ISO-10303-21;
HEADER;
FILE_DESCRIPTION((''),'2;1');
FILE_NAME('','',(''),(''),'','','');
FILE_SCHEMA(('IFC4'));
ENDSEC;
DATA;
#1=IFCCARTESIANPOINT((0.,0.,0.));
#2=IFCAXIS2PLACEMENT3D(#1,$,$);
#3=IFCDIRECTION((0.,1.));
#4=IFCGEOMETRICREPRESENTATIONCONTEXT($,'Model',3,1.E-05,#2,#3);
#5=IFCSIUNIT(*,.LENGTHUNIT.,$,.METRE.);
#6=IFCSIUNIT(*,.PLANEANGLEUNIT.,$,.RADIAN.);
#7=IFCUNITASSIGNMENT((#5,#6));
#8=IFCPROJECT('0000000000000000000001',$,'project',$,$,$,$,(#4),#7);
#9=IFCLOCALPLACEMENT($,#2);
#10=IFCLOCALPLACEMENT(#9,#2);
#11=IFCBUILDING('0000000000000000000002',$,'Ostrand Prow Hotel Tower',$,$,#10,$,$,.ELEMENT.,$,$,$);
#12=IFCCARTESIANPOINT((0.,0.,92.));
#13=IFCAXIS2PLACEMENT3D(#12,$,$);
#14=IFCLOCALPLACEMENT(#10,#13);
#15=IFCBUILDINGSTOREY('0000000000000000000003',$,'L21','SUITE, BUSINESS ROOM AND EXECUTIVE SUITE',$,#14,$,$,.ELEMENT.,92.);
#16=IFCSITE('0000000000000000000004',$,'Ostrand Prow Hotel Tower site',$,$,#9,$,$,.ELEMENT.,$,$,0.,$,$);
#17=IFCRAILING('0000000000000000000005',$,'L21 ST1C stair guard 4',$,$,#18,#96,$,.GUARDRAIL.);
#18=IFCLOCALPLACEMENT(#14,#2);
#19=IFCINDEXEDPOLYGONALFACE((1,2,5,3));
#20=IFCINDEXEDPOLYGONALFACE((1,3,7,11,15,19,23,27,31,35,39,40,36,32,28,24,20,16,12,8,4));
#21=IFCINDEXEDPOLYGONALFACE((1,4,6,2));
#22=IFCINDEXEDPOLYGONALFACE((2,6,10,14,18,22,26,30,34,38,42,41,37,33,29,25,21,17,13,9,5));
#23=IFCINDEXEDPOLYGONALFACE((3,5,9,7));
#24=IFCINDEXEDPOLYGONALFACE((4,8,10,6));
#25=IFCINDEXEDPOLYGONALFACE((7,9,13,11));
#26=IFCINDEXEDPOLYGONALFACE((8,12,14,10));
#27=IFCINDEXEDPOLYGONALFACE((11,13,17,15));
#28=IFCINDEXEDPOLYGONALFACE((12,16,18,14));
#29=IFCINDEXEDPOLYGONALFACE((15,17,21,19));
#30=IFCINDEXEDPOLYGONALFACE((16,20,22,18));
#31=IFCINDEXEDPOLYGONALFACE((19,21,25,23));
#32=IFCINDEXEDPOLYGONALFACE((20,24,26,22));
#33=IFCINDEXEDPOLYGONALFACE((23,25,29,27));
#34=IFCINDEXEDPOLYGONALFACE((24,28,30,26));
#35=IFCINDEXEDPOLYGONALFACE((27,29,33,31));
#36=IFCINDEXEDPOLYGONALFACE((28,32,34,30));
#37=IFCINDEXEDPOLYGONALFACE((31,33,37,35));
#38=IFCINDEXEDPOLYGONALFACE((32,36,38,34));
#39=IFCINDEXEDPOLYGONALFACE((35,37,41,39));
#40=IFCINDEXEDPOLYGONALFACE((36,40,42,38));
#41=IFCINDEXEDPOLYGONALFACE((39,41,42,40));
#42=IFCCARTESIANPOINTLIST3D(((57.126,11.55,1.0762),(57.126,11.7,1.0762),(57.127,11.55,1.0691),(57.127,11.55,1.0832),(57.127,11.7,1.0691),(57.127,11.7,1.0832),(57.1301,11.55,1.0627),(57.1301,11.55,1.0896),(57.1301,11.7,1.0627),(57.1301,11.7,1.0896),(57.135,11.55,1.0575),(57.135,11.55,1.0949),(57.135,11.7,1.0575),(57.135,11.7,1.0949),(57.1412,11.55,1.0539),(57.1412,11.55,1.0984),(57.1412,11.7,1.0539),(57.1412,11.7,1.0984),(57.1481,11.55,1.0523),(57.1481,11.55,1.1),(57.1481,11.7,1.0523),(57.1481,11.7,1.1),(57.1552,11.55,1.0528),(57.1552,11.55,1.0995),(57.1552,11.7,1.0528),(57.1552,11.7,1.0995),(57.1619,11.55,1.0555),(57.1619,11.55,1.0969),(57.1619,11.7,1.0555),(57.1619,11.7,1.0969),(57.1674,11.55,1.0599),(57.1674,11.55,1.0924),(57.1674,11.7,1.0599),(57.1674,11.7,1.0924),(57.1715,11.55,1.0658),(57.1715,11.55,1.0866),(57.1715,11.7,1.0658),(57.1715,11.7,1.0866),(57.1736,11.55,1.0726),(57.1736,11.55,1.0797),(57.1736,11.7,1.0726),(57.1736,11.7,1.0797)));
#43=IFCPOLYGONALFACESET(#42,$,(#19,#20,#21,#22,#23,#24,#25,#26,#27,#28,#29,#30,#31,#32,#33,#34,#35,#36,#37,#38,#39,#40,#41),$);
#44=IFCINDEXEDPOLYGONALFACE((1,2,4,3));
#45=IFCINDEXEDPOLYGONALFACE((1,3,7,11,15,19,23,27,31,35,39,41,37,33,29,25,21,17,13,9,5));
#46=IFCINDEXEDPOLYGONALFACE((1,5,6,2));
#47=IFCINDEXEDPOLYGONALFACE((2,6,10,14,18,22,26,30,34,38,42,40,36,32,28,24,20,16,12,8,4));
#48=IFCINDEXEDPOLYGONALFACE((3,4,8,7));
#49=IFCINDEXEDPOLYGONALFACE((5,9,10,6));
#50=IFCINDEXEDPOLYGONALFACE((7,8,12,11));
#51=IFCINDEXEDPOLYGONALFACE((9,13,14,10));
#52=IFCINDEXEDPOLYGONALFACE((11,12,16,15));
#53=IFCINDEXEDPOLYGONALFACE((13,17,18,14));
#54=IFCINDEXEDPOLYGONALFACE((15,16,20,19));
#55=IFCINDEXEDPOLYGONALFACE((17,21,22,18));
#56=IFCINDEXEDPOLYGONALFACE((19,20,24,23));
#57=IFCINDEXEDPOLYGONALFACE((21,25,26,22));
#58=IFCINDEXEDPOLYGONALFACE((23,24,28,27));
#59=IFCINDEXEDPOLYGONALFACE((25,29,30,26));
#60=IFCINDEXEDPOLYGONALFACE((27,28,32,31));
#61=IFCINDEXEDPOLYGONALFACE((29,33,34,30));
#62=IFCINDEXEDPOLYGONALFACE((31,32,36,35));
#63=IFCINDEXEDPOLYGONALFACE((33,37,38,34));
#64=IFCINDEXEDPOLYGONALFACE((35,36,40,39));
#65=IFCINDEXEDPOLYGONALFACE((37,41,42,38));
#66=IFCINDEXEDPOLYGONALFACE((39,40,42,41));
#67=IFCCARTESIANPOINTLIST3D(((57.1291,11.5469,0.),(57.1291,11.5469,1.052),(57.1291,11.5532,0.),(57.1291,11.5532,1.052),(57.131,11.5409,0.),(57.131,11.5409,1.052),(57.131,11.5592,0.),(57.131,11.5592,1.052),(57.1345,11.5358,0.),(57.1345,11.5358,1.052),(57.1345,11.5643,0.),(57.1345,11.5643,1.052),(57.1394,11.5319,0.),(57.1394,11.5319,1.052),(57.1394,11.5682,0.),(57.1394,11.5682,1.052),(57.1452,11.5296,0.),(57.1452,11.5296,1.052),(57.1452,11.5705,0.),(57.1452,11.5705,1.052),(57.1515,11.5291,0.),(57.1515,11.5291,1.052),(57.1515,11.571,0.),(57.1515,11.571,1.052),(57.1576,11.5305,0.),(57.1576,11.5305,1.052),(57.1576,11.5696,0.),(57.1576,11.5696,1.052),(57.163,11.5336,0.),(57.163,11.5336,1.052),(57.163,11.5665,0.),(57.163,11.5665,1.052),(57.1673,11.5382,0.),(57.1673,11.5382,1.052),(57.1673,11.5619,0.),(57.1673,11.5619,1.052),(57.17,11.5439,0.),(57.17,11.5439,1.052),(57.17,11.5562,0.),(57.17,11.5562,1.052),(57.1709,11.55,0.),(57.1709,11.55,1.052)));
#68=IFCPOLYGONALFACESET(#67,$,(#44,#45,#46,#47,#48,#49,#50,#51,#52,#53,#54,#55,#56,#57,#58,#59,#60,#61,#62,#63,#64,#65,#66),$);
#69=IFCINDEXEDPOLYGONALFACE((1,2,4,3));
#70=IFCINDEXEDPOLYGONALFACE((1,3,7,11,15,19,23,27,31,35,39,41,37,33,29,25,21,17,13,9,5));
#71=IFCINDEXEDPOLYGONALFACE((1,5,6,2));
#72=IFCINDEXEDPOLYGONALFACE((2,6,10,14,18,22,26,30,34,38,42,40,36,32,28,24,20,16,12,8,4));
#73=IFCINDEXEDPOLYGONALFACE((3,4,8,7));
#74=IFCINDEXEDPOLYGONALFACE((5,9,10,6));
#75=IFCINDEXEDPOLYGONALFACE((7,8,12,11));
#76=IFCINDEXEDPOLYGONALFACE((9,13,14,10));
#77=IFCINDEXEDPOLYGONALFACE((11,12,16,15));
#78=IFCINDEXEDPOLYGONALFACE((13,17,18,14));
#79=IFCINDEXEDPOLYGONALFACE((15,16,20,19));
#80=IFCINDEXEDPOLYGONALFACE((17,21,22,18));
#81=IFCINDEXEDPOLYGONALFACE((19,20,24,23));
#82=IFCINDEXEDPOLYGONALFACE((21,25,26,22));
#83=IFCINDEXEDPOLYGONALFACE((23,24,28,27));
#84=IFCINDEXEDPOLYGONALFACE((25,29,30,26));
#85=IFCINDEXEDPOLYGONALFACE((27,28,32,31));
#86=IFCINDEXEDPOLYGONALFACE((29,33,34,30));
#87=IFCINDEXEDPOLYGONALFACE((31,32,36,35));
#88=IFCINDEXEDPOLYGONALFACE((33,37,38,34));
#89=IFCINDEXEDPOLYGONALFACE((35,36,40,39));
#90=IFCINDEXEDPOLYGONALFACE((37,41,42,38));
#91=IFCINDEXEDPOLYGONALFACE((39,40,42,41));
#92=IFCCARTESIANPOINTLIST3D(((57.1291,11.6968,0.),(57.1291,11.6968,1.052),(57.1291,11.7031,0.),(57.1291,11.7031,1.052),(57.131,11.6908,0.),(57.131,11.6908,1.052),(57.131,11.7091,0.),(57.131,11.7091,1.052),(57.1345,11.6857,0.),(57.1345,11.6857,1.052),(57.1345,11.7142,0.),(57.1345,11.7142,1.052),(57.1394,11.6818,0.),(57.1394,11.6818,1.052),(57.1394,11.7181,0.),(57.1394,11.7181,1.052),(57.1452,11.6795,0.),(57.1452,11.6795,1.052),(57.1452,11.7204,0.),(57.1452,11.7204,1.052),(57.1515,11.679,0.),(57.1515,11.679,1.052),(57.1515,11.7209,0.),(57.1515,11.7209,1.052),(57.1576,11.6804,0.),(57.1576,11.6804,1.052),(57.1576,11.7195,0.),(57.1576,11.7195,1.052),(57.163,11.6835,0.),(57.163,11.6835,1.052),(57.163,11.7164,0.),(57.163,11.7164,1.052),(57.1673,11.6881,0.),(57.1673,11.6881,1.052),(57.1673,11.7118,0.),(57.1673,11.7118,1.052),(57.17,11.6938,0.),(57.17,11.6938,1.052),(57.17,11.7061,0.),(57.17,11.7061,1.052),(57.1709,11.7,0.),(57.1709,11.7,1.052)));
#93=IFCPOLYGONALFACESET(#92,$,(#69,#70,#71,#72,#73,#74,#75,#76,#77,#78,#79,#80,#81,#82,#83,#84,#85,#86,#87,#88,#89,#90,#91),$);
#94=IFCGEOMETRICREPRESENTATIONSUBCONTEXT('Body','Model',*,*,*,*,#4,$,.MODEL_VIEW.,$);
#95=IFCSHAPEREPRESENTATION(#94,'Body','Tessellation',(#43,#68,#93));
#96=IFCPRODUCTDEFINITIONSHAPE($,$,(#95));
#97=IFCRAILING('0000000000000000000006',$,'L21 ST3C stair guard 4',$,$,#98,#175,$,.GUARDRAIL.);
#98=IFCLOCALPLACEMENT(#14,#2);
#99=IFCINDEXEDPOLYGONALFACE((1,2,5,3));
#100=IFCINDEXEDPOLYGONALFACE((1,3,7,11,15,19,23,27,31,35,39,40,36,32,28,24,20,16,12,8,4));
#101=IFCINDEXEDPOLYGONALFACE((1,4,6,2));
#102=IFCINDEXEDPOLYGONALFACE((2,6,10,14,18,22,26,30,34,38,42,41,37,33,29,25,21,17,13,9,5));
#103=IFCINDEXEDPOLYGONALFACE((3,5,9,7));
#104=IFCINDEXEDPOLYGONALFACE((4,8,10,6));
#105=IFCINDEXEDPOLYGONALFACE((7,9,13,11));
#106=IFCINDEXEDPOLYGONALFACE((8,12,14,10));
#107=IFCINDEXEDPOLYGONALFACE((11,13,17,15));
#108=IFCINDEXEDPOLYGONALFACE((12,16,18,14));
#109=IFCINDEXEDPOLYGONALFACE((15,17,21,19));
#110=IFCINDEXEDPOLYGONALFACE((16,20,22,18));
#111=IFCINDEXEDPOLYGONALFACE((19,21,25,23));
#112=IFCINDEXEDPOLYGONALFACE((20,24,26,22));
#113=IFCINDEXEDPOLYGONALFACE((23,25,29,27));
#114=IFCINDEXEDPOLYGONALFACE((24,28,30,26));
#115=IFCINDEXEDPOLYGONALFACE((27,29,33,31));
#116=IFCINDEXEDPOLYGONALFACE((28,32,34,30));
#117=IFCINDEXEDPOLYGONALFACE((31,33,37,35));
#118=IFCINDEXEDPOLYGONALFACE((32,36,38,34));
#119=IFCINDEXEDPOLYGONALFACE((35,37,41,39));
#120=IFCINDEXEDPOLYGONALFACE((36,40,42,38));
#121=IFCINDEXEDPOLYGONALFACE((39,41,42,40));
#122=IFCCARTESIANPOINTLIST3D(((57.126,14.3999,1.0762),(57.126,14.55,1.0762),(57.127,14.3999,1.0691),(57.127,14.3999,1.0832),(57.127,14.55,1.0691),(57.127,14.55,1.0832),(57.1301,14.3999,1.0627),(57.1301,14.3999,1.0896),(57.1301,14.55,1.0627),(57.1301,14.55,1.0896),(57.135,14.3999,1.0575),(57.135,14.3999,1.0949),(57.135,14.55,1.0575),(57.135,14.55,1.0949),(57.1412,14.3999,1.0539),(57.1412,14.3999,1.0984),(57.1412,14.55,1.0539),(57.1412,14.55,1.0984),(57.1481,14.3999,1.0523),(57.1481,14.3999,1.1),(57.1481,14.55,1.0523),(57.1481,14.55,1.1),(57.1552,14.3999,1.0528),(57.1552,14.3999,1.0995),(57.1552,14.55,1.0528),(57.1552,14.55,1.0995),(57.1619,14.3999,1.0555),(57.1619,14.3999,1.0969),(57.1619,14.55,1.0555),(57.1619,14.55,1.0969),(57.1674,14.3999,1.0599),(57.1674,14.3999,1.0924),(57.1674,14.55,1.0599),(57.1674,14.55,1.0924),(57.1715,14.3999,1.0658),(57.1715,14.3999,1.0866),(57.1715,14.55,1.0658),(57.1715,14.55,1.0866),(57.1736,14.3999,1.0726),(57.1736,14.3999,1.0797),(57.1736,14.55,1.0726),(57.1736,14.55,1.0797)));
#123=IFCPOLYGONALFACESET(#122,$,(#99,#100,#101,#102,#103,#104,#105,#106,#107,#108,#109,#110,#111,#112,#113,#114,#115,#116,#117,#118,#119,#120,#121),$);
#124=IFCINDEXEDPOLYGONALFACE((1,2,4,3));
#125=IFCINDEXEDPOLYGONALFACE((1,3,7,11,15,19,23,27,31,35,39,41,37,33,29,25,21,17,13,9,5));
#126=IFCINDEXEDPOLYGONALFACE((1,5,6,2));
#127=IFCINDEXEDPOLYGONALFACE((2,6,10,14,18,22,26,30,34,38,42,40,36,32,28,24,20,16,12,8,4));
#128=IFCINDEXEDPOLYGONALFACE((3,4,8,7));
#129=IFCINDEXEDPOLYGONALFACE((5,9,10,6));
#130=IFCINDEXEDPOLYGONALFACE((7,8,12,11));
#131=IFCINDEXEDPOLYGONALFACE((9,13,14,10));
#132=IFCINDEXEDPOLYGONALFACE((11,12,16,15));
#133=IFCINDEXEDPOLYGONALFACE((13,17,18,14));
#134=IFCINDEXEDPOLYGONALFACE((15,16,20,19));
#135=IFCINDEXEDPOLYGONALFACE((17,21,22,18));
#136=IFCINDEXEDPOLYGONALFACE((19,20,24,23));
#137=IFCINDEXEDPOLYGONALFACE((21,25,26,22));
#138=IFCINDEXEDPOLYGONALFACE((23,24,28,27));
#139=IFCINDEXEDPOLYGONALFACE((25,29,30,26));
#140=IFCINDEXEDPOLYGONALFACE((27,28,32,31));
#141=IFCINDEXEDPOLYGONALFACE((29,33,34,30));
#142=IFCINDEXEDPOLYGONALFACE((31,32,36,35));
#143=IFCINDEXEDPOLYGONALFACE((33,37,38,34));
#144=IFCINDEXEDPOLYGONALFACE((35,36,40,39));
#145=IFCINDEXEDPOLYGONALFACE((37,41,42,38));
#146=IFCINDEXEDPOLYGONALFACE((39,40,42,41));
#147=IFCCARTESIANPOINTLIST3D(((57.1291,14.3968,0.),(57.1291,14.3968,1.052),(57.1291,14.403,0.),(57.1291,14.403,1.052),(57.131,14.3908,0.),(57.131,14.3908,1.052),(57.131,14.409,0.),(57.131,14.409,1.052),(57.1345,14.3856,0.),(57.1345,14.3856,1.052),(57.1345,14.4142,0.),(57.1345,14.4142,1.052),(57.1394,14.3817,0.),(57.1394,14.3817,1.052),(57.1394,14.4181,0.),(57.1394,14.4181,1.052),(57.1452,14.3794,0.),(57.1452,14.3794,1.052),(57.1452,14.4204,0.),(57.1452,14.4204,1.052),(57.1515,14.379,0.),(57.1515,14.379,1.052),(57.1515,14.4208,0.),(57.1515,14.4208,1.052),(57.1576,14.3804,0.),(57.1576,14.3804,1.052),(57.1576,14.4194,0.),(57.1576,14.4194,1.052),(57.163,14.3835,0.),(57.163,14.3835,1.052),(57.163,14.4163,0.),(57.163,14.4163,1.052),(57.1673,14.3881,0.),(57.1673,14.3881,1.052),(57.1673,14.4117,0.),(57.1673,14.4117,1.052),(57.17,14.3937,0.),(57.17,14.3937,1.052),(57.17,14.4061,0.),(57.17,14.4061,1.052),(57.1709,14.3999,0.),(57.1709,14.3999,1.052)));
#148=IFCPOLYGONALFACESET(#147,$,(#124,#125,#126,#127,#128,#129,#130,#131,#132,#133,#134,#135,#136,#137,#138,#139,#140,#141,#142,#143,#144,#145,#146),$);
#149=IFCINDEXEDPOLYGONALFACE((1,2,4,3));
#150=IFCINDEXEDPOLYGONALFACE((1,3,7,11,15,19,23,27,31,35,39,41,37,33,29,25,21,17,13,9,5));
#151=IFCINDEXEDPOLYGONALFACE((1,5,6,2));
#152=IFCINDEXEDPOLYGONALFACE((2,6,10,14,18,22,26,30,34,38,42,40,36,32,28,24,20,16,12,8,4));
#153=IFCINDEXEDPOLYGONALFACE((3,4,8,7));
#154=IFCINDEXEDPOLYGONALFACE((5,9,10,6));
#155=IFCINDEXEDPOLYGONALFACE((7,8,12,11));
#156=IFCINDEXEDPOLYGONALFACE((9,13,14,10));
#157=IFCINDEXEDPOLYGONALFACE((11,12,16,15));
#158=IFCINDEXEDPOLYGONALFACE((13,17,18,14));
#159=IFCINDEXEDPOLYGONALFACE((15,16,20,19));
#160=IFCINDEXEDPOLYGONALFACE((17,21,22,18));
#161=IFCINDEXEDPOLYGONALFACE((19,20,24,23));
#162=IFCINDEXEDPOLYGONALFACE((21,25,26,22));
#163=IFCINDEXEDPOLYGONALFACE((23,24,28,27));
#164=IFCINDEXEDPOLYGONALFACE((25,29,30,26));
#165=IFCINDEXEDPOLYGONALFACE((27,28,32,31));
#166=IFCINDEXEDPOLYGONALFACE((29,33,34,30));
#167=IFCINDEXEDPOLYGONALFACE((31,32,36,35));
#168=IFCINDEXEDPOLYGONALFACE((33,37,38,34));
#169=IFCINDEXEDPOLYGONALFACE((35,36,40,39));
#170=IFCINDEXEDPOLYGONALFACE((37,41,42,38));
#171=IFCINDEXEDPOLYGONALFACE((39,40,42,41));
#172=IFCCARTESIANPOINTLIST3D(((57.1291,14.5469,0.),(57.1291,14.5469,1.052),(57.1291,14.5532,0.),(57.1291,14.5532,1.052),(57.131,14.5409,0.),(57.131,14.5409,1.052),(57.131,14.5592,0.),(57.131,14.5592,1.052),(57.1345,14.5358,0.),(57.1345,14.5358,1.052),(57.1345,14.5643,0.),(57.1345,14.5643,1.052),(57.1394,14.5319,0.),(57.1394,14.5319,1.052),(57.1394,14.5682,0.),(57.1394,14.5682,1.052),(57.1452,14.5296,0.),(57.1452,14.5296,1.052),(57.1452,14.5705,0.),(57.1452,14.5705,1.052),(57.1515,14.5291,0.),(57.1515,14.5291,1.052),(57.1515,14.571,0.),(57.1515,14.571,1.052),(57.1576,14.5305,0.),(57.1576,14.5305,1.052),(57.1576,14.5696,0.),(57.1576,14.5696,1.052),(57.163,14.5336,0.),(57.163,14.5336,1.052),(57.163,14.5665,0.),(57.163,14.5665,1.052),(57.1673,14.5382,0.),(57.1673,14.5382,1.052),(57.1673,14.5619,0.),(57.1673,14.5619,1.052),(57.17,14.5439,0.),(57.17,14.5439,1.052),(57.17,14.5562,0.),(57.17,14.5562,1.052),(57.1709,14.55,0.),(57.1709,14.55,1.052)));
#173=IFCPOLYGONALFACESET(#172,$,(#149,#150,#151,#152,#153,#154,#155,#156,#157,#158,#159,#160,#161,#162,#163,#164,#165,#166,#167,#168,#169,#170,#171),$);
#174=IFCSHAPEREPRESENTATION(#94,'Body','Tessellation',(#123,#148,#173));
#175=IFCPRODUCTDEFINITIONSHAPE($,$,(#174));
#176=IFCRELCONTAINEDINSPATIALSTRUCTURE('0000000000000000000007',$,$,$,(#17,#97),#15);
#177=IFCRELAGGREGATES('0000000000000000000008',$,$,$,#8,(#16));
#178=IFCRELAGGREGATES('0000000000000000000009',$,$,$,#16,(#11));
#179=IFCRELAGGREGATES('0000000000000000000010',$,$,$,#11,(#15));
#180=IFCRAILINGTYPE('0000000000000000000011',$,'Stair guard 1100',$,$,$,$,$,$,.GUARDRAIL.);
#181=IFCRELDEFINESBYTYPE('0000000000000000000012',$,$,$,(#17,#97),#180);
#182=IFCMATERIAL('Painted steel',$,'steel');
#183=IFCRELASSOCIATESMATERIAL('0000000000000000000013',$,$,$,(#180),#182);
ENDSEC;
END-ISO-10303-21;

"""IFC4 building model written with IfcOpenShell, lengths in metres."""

from ifc_helpers import new_model, si_unit, direction, frame, origin, origin_2d, place, context, subcontext, project, spatial, circle, extrude, material, type_object, element, save


model = new_model("IFC4")

# Units and contexts
model_context = context("Model", 3, precision=1e-05, world=origin(), true_north=direction((0.0, 1.0)))
body_context = subcontext(model_context, "Body", "Model", "MODEL_VIEW")
ifc_project = project(units=[si_unit("LENGTHUNIT", "METRE"), si_unit("PLANEANGLEUNIT", "RADIAN")], contexts=[model_context])

# Site, building, storey
site_placement = place(None, origin())
site = spatial("IfcSite", under=ifc_project, at=site_placement, Name="Ostrand Prow Hotel Tower site", CompositionType="ELEMENT", RefElevation=0.0)
building_placement = place(site_placement, origin())
building = spatial("IfcBuilding", under=site, at=building_placement, Name="Ostrand Prow Hotel Tower", CompositionType="ELEMENT")
storey_placement = place(building_placement, frame((0.0, 0.0, 92.0)))
storey = spatial("IfcBuildingStorey", under=building, at=storey_placement, Name="L21", Description="SUITE, BUSINESS ROOM AND EXECUTIVE SUITE", CompositionType="ELEMENT", Elevation=92.0)

# Railings
ifc_material_1 = material(Name="Painted steel", Category="steel")
railing_type_1 = type_object("IfcRailingType", Name="Stair guard 1100", PredefinedType="GUARDRAIL", material=ifc_material_1)
railing_1_placement = place(storey_placement, frame((57.1499, 11.55, 0.0)))
element("IfcRailing", 1, at=railing_1_placement, inside=storey, type_object=railing_type_1, Name="L21 ST1C stair guard 4", PredefinedType="GUARDRAIL", context=body_context, shape_type="SweptSolid", body=[
    extrude(circle(Radius=0.0239, at=origin_2d()), frame((0.0, 0.0, 1.0762), z_axis=(0.0, 1.0, 0.0), x_axis=(-1.0, 0.0, 0.0)), (0.0, 0.0, 1.0), 0.1499),
    extrude(circle(Radius=0.021, at=origin_2d()), origin(), (0.0, 0.0, 1.0), 1.052),
    extrude(circle(Radius=0.021, at=origin_2d()), frame((0.0, 0.1499, 0.0)), (0.0, 0.0, 1.0), 1.052),
])
railing_2_placement = place(storey_placement, frame((57.1499, 14.3999, 0.0)))
element("IfcRailing", 2, at=railing_2_placement, inside=storey, type_object=railing_type_1, Name="L21 ST3C stair guard 4", PredefinedType="GUARDRAIL", context=body_context, shape_type="SweptSolid", body=[
    extrude(circle(Radius=0.0239, at=origin_2d()), frame((0.0, 0.0, 1.0762), z_axis=(0.0, 1.0, 0.0), x_axis=(-1.0, 0.0, 0.0)), (0.0, 0.0, 1.0), 0.1501),
    extrude(circle(Radius=0.021, at=origin_2d()), origin(), (0.0, 0.0, 1.0), 1.052),
    extrude(circle(Radius=0.021, at=origin_2d()), frame((0.0, 0.1501, 0.0)), (0.0, 0.0, 1.0), 1.052),
])

save(model, "model.ifc")
